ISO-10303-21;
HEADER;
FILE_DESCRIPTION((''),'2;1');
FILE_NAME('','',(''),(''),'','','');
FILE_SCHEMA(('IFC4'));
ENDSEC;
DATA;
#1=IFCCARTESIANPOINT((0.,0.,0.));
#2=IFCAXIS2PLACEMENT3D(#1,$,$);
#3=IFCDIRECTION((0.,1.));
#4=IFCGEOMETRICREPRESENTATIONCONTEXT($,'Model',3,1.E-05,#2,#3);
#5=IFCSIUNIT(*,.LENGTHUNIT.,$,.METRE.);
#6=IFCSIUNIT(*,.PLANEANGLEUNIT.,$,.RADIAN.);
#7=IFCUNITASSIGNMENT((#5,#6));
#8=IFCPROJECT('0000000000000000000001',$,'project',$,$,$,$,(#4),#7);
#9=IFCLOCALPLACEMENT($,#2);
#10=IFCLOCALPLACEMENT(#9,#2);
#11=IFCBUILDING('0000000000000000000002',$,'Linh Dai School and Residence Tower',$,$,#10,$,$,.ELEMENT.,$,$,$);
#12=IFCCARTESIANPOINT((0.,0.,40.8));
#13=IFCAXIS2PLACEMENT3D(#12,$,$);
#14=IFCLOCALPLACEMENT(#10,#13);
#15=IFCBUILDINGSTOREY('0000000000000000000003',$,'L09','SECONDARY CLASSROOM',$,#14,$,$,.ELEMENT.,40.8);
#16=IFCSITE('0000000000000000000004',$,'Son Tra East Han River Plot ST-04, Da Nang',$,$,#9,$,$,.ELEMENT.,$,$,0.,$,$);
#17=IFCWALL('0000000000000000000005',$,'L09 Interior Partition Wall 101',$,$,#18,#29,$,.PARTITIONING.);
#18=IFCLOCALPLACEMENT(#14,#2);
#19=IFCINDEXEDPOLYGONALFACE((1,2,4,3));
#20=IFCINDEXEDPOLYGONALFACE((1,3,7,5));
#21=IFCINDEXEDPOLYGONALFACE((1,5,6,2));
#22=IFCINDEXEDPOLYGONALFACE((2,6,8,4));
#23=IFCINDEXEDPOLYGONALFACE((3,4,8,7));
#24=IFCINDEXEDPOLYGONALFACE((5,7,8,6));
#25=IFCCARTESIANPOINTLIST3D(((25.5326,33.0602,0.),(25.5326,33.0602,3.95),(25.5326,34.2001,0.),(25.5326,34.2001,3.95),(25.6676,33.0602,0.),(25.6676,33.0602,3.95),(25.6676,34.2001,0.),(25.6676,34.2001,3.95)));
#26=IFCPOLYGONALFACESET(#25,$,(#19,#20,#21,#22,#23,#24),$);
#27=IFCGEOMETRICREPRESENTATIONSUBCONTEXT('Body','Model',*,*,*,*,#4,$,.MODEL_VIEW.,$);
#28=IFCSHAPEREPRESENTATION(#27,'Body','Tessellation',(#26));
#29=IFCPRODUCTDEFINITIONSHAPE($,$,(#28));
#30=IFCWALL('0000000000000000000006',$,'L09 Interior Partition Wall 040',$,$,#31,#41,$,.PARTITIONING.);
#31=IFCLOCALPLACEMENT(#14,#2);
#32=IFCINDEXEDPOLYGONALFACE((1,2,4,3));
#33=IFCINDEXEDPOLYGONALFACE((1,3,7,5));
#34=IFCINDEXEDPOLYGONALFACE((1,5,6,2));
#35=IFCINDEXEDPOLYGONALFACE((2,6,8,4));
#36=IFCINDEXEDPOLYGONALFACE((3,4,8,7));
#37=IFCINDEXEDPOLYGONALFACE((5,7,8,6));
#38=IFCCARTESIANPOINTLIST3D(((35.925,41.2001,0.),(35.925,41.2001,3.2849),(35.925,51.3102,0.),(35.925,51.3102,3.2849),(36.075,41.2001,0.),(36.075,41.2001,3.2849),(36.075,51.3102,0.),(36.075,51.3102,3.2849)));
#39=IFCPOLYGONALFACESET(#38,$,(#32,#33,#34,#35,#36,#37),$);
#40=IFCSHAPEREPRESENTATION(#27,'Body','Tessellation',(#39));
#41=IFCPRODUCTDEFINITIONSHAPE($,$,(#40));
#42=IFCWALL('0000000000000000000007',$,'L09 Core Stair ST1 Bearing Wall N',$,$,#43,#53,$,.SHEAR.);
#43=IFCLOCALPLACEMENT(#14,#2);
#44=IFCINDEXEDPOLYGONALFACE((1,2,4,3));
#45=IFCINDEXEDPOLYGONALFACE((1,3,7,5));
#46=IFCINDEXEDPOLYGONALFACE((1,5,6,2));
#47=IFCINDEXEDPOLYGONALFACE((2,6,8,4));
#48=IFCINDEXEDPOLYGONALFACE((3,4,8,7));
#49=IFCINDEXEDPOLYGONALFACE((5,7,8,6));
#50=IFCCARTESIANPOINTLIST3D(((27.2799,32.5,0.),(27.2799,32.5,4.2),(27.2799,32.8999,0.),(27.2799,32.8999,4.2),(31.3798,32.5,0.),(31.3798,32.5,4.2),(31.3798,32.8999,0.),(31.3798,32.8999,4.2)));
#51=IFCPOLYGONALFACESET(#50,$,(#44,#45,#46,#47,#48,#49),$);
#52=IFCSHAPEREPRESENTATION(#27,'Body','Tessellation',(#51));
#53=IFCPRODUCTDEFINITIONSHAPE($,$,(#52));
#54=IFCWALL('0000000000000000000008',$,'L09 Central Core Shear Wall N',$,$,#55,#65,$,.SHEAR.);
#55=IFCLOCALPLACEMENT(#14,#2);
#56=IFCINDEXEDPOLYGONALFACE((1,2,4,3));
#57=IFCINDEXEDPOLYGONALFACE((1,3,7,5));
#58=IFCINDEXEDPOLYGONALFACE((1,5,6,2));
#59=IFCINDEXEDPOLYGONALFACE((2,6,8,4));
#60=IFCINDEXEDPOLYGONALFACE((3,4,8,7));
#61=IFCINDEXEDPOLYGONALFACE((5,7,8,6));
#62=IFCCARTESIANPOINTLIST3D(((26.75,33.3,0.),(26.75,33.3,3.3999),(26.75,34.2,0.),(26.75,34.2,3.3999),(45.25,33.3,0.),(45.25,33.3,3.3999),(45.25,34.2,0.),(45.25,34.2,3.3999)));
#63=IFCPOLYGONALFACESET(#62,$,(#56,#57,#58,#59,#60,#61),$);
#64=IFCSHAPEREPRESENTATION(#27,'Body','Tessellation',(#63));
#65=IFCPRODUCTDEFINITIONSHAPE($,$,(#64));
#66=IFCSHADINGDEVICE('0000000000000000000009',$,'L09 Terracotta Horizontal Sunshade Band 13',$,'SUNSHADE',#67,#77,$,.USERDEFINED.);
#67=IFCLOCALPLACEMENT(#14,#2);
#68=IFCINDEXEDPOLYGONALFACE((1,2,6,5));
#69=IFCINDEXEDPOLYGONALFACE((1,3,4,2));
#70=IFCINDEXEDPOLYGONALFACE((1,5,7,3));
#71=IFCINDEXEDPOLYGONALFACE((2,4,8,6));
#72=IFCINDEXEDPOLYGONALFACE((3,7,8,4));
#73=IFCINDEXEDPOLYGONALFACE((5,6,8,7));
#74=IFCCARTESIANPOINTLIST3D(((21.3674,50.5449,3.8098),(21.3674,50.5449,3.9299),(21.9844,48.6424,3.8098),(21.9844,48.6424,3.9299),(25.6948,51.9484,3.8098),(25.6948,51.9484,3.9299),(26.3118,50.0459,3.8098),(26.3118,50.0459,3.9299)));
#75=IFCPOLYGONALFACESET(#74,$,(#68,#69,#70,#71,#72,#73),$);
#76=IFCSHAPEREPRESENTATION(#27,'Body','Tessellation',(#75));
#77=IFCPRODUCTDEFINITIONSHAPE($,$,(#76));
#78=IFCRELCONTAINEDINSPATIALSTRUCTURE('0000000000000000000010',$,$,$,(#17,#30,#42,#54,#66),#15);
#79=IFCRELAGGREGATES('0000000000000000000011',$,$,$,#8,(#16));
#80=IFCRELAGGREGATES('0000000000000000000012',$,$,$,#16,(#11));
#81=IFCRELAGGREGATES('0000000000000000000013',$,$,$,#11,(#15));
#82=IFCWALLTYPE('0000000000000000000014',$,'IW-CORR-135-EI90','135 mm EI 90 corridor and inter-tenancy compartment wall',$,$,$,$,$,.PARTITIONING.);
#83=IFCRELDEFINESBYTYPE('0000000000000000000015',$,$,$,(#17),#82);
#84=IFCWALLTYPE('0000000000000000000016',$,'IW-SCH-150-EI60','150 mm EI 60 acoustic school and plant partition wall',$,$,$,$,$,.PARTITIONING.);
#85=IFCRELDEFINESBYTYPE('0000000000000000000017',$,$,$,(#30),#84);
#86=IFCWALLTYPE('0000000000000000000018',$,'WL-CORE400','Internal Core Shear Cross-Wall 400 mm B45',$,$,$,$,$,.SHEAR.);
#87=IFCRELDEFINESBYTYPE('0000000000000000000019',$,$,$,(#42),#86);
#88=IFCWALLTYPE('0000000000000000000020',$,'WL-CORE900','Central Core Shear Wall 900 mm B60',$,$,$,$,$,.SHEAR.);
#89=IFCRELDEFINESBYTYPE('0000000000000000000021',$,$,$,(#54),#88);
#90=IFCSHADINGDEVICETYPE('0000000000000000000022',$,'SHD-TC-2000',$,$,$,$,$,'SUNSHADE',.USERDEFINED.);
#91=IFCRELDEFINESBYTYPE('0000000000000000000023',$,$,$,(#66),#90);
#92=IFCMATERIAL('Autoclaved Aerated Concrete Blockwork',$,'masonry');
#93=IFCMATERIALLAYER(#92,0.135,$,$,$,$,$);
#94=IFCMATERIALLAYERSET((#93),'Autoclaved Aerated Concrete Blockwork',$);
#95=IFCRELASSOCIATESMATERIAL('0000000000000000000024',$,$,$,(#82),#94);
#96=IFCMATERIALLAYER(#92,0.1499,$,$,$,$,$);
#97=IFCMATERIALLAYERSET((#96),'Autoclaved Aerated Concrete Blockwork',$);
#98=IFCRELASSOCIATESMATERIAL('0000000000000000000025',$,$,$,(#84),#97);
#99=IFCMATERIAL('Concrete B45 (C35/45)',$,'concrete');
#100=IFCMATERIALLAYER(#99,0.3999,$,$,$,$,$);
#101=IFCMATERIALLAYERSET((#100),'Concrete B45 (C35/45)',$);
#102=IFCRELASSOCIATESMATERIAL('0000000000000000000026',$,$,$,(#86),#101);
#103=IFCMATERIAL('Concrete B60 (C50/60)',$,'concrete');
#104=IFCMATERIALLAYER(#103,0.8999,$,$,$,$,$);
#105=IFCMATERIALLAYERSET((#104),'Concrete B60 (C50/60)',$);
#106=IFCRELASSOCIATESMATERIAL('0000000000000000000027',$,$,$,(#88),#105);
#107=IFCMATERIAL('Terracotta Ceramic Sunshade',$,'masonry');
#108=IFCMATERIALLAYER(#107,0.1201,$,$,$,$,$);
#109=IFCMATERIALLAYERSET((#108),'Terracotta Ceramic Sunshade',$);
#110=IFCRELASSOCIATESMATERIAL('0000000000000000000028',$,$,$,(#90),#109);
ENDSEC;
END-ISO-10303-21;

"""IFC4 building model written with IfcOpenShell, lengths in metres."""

from ifc_helpers import new_model, si_unit, direction, frame, frame_2d, origin, origin_2d, place, context, subcontext, project, spatial, rectangle, extrude, source, transform, mapped, material, layer, layer_set, type_object, element, save


model = new_model("IFC4")

# Units and contexts
model_context = context("Model", 3, precision=1e-05, world=origin(), true_north=direction((0.0, 1.0)))
body_context = subcontext(model_context, "Body", "Model", "MODEL_VIEW")
ifc_project = project(units=[si_unit("LENGTHUNIT", "METRE"), si_unit("PLANEANGLEUNIT", "RADIAN")], contexts=[model_context])

# Site, building, storey
site_placement = place(None, origin())
site = spatial("IfcSite", under=ifc_project, at=site_placement, Name="Son Tra East Han River Plot ST-04, Da Nang", CompositionType="ELEMENT", RefElevation=0.0)
building_placement = place(site_placement, origin())
building = spatial("IfcBuilding", under=site, at=building_placement, Name="Linh Dai School and Residence Tower", CompositionType="ELEMENT")
storey_placement = place(building_placement, frame((0.0, 0.0, 40.8)))
storey = spatial("IfcBuildingStorey", under=building, at=storey_placement, Name="L09", Description="SECONDARY CLASSROOM", CompositionType="ELEMENT", Elevation=40.8)

# Shared definitions
ifc_material_1 = material(Name="Concrete B60 (C50/60)", Category="concrete")

# Shared definitions
ifc_material_2 = material(Name="Autoclaved Aerated Concrete Blockwork", Category="masonry")
ifc_layer_1 = layer(ifc_material_2, 0.135)
ifc_layer_set_1 = layer_set([ifc_layer_1], Name="Autoclaved Aerated Concrete Blockwork")
wall_type_1 = type_object("IfcWallType", Name="IW-CORR-135-EI90", Description="135 mm EI 90 corridor and inter-tenancy compartment wall", PredefinedType="PARTITIONING", material=ifc_layer_set_1)

# Walls
wall_1_placement = place(storey_placement, frame((25.6001, 34.2, 0.0), z_axis=(0.0, 0.0, 1.0), x_axis=(0.0, -1.0, 0.0)))
element("IfcWall", 1, at=wall_1_placement, inside=storey, type_object=wall_type_1, Name="L09 Interior Partition Wall 101", PredefinedType="PARTITIONING", context=body_context, shape_type="SweptSolid", body=[
    extrude(rectangle(XDim=1.1399, YDim=0.135, at=frame_2d((0.5698, 0.0))), origin(), (0.0, 0.0, 1.0), 3.95),
])
ifc_layer_2 = layer(ifc_material_2, 0.1499)
ifc_layer_set_2 = layer_set([ifc_layer_2], Name="Autoclaved Aerated Concrete Blockwork")
wall_type_2 = type_object("IfcWallType", Name="IW-SCH-150-EI60", Description="150 mm EI 60 acoustic school and plant partition wall", PredefinedType="PARTITIONING", material=ifc_layer_set_2)
wall_2_placement = place(storey_placement, frame((36.0, 41.2, 0.0), z_axis=(0.0, 0.0, 1.0), x_axis=(0.0, 1.0, 0.0)))
element("IfcWall", 2, at=wall_2_placement, inside=storey, type_object=wall_type_2, Name="L09 Interior Partition Wall 040", PredefinedType="PARTITIONING", context=body_context, shape_type="SweptSolid", body=[
    extrude(rectangle(XDim=10.1101, YDim=0.1499, at=frame_2d((5.0552, 0.0))), origin(), (0.0, 0.0, 1.0), 3.2849),
])
ifc_material_3 = material(Name="Concrete B45 (C35/45)", Category="concrete")
ifc_layer_3 = layer(ifc_material_3, 0.3999)
ifc_layer_set_3 = layer_set([ifc_layer_3], Name="Concrete B45 (C35/45)")
wall_type_3 = type_object("IfcWallType", Name="WL-CORE400", Description="Internal Core Shear Cross-Wall 400 mm B45", PredefinedType="SHEAR", material=ifc_layer_set_3)
wall_3_placement = place(storey_placement, frame((27.28, 32.7, 0.0), z_axis=(0.0, 0.0, 1.0), x_axis=(1.0, 0.0, 0.0)))
element("IfcWall", 3, at=wall_3_placement, inside=storey, type_object=wall_type_3, Name="L09 Core Stair ST1 Bearing Wall N", PredefinedType="SHEAR", context=body_context, shape_type="SweptSolid", body=[
    extrude(rectangle(XDim=4.0999, YDim=0.3999, at=frame_2d((2.0498, 0.0))), origin(), (0.0, 0.0, 1.0), 4.2),
])
ifc_layer_4 = layer(ifc_material_1, 0.8999)
ifc_layer_set_4 = layer_set([ifc_layer_4], Name="Concrete B60 (C50/60)")
wall_type_4 = type_object("IfcWallType", Name="WL-CORE900", Description="Central Core Shear Wall 900 mm B60", PredefinedType="SHEAR", material=ifc_layer_set_4)
wall_4_placement = place(storey_placement, frame((26.75, 33.75, 0.0), z_axis=(0.0, 0.0, 1.0), x_axis=(1.0, 0.0, 0.0)))
element("IfcWall", 4, at=wall_4_placement, inside=storey, type_object=wall_type_4, Name="L09 Central Core Shear Wall N", PredefinedType="SHEAR", context=body_context, shape_type="SweptSolid", body=[
    extrude(rectangle(XDim=18.5, YDim=0.8999, at=frame_2d((9.25, 0.0))), origin(), (0.0, 0.0, 1.0), 3.3999),
])

# Shading device
ifc_material_4 = material(Name="Terracotta Ceramic Sunshade", Category="masonry")
ifc_layer_5 = layer(ifc_material_4, 0.1201)
ifc_layer_set_5 = layer_set([ifc_layer_5], Name="Terracotta Ceramic Sunshade")
shading_device_type = type_object("IfcShadingDeviceType", Name="SHD-TC-2000", ElementType="SUNSHADE", PredefinedType="USERDEFINED", material=ifc_layer_set_5)
shared_shape_1 = source(origin(), body_context, "Body", "SweptSolid", [
    extrude(rectangle(XDim=4.5493, YDim=2.0, at=origin_2d()), origin(), (0.0, 0.0, 1.0), 0.1201),
])
shading_device_placement = place(storey_placement, frame((23.8396, 50.2954, 3.8098), z_axis=(0.0, 0.0, 1.0), x_axis=(0.951221, 0.308511, 0.0)))
element("IfcShadingDevice", 5, at=shading_device_placement, inside=storey, type_object=shading_device_type, Name="L09 Terracotta Horizontal Sunshade Band 13", ObjectType="SUNSHADE", PredefinedType="USERDEFINED", context=body_context, shape_type="MappedRepresentation", body=[
    mapped(shared_shape_1, transform((0.0, 0.0, 0.0), x_axis=(1.0, 0.0, 0.0), y_axis=(0.0, 1.0, 0.0), z_axis=(0.0, 0.0, 1.0), scale=1.0)),
])

save(model, "model.ifc")
